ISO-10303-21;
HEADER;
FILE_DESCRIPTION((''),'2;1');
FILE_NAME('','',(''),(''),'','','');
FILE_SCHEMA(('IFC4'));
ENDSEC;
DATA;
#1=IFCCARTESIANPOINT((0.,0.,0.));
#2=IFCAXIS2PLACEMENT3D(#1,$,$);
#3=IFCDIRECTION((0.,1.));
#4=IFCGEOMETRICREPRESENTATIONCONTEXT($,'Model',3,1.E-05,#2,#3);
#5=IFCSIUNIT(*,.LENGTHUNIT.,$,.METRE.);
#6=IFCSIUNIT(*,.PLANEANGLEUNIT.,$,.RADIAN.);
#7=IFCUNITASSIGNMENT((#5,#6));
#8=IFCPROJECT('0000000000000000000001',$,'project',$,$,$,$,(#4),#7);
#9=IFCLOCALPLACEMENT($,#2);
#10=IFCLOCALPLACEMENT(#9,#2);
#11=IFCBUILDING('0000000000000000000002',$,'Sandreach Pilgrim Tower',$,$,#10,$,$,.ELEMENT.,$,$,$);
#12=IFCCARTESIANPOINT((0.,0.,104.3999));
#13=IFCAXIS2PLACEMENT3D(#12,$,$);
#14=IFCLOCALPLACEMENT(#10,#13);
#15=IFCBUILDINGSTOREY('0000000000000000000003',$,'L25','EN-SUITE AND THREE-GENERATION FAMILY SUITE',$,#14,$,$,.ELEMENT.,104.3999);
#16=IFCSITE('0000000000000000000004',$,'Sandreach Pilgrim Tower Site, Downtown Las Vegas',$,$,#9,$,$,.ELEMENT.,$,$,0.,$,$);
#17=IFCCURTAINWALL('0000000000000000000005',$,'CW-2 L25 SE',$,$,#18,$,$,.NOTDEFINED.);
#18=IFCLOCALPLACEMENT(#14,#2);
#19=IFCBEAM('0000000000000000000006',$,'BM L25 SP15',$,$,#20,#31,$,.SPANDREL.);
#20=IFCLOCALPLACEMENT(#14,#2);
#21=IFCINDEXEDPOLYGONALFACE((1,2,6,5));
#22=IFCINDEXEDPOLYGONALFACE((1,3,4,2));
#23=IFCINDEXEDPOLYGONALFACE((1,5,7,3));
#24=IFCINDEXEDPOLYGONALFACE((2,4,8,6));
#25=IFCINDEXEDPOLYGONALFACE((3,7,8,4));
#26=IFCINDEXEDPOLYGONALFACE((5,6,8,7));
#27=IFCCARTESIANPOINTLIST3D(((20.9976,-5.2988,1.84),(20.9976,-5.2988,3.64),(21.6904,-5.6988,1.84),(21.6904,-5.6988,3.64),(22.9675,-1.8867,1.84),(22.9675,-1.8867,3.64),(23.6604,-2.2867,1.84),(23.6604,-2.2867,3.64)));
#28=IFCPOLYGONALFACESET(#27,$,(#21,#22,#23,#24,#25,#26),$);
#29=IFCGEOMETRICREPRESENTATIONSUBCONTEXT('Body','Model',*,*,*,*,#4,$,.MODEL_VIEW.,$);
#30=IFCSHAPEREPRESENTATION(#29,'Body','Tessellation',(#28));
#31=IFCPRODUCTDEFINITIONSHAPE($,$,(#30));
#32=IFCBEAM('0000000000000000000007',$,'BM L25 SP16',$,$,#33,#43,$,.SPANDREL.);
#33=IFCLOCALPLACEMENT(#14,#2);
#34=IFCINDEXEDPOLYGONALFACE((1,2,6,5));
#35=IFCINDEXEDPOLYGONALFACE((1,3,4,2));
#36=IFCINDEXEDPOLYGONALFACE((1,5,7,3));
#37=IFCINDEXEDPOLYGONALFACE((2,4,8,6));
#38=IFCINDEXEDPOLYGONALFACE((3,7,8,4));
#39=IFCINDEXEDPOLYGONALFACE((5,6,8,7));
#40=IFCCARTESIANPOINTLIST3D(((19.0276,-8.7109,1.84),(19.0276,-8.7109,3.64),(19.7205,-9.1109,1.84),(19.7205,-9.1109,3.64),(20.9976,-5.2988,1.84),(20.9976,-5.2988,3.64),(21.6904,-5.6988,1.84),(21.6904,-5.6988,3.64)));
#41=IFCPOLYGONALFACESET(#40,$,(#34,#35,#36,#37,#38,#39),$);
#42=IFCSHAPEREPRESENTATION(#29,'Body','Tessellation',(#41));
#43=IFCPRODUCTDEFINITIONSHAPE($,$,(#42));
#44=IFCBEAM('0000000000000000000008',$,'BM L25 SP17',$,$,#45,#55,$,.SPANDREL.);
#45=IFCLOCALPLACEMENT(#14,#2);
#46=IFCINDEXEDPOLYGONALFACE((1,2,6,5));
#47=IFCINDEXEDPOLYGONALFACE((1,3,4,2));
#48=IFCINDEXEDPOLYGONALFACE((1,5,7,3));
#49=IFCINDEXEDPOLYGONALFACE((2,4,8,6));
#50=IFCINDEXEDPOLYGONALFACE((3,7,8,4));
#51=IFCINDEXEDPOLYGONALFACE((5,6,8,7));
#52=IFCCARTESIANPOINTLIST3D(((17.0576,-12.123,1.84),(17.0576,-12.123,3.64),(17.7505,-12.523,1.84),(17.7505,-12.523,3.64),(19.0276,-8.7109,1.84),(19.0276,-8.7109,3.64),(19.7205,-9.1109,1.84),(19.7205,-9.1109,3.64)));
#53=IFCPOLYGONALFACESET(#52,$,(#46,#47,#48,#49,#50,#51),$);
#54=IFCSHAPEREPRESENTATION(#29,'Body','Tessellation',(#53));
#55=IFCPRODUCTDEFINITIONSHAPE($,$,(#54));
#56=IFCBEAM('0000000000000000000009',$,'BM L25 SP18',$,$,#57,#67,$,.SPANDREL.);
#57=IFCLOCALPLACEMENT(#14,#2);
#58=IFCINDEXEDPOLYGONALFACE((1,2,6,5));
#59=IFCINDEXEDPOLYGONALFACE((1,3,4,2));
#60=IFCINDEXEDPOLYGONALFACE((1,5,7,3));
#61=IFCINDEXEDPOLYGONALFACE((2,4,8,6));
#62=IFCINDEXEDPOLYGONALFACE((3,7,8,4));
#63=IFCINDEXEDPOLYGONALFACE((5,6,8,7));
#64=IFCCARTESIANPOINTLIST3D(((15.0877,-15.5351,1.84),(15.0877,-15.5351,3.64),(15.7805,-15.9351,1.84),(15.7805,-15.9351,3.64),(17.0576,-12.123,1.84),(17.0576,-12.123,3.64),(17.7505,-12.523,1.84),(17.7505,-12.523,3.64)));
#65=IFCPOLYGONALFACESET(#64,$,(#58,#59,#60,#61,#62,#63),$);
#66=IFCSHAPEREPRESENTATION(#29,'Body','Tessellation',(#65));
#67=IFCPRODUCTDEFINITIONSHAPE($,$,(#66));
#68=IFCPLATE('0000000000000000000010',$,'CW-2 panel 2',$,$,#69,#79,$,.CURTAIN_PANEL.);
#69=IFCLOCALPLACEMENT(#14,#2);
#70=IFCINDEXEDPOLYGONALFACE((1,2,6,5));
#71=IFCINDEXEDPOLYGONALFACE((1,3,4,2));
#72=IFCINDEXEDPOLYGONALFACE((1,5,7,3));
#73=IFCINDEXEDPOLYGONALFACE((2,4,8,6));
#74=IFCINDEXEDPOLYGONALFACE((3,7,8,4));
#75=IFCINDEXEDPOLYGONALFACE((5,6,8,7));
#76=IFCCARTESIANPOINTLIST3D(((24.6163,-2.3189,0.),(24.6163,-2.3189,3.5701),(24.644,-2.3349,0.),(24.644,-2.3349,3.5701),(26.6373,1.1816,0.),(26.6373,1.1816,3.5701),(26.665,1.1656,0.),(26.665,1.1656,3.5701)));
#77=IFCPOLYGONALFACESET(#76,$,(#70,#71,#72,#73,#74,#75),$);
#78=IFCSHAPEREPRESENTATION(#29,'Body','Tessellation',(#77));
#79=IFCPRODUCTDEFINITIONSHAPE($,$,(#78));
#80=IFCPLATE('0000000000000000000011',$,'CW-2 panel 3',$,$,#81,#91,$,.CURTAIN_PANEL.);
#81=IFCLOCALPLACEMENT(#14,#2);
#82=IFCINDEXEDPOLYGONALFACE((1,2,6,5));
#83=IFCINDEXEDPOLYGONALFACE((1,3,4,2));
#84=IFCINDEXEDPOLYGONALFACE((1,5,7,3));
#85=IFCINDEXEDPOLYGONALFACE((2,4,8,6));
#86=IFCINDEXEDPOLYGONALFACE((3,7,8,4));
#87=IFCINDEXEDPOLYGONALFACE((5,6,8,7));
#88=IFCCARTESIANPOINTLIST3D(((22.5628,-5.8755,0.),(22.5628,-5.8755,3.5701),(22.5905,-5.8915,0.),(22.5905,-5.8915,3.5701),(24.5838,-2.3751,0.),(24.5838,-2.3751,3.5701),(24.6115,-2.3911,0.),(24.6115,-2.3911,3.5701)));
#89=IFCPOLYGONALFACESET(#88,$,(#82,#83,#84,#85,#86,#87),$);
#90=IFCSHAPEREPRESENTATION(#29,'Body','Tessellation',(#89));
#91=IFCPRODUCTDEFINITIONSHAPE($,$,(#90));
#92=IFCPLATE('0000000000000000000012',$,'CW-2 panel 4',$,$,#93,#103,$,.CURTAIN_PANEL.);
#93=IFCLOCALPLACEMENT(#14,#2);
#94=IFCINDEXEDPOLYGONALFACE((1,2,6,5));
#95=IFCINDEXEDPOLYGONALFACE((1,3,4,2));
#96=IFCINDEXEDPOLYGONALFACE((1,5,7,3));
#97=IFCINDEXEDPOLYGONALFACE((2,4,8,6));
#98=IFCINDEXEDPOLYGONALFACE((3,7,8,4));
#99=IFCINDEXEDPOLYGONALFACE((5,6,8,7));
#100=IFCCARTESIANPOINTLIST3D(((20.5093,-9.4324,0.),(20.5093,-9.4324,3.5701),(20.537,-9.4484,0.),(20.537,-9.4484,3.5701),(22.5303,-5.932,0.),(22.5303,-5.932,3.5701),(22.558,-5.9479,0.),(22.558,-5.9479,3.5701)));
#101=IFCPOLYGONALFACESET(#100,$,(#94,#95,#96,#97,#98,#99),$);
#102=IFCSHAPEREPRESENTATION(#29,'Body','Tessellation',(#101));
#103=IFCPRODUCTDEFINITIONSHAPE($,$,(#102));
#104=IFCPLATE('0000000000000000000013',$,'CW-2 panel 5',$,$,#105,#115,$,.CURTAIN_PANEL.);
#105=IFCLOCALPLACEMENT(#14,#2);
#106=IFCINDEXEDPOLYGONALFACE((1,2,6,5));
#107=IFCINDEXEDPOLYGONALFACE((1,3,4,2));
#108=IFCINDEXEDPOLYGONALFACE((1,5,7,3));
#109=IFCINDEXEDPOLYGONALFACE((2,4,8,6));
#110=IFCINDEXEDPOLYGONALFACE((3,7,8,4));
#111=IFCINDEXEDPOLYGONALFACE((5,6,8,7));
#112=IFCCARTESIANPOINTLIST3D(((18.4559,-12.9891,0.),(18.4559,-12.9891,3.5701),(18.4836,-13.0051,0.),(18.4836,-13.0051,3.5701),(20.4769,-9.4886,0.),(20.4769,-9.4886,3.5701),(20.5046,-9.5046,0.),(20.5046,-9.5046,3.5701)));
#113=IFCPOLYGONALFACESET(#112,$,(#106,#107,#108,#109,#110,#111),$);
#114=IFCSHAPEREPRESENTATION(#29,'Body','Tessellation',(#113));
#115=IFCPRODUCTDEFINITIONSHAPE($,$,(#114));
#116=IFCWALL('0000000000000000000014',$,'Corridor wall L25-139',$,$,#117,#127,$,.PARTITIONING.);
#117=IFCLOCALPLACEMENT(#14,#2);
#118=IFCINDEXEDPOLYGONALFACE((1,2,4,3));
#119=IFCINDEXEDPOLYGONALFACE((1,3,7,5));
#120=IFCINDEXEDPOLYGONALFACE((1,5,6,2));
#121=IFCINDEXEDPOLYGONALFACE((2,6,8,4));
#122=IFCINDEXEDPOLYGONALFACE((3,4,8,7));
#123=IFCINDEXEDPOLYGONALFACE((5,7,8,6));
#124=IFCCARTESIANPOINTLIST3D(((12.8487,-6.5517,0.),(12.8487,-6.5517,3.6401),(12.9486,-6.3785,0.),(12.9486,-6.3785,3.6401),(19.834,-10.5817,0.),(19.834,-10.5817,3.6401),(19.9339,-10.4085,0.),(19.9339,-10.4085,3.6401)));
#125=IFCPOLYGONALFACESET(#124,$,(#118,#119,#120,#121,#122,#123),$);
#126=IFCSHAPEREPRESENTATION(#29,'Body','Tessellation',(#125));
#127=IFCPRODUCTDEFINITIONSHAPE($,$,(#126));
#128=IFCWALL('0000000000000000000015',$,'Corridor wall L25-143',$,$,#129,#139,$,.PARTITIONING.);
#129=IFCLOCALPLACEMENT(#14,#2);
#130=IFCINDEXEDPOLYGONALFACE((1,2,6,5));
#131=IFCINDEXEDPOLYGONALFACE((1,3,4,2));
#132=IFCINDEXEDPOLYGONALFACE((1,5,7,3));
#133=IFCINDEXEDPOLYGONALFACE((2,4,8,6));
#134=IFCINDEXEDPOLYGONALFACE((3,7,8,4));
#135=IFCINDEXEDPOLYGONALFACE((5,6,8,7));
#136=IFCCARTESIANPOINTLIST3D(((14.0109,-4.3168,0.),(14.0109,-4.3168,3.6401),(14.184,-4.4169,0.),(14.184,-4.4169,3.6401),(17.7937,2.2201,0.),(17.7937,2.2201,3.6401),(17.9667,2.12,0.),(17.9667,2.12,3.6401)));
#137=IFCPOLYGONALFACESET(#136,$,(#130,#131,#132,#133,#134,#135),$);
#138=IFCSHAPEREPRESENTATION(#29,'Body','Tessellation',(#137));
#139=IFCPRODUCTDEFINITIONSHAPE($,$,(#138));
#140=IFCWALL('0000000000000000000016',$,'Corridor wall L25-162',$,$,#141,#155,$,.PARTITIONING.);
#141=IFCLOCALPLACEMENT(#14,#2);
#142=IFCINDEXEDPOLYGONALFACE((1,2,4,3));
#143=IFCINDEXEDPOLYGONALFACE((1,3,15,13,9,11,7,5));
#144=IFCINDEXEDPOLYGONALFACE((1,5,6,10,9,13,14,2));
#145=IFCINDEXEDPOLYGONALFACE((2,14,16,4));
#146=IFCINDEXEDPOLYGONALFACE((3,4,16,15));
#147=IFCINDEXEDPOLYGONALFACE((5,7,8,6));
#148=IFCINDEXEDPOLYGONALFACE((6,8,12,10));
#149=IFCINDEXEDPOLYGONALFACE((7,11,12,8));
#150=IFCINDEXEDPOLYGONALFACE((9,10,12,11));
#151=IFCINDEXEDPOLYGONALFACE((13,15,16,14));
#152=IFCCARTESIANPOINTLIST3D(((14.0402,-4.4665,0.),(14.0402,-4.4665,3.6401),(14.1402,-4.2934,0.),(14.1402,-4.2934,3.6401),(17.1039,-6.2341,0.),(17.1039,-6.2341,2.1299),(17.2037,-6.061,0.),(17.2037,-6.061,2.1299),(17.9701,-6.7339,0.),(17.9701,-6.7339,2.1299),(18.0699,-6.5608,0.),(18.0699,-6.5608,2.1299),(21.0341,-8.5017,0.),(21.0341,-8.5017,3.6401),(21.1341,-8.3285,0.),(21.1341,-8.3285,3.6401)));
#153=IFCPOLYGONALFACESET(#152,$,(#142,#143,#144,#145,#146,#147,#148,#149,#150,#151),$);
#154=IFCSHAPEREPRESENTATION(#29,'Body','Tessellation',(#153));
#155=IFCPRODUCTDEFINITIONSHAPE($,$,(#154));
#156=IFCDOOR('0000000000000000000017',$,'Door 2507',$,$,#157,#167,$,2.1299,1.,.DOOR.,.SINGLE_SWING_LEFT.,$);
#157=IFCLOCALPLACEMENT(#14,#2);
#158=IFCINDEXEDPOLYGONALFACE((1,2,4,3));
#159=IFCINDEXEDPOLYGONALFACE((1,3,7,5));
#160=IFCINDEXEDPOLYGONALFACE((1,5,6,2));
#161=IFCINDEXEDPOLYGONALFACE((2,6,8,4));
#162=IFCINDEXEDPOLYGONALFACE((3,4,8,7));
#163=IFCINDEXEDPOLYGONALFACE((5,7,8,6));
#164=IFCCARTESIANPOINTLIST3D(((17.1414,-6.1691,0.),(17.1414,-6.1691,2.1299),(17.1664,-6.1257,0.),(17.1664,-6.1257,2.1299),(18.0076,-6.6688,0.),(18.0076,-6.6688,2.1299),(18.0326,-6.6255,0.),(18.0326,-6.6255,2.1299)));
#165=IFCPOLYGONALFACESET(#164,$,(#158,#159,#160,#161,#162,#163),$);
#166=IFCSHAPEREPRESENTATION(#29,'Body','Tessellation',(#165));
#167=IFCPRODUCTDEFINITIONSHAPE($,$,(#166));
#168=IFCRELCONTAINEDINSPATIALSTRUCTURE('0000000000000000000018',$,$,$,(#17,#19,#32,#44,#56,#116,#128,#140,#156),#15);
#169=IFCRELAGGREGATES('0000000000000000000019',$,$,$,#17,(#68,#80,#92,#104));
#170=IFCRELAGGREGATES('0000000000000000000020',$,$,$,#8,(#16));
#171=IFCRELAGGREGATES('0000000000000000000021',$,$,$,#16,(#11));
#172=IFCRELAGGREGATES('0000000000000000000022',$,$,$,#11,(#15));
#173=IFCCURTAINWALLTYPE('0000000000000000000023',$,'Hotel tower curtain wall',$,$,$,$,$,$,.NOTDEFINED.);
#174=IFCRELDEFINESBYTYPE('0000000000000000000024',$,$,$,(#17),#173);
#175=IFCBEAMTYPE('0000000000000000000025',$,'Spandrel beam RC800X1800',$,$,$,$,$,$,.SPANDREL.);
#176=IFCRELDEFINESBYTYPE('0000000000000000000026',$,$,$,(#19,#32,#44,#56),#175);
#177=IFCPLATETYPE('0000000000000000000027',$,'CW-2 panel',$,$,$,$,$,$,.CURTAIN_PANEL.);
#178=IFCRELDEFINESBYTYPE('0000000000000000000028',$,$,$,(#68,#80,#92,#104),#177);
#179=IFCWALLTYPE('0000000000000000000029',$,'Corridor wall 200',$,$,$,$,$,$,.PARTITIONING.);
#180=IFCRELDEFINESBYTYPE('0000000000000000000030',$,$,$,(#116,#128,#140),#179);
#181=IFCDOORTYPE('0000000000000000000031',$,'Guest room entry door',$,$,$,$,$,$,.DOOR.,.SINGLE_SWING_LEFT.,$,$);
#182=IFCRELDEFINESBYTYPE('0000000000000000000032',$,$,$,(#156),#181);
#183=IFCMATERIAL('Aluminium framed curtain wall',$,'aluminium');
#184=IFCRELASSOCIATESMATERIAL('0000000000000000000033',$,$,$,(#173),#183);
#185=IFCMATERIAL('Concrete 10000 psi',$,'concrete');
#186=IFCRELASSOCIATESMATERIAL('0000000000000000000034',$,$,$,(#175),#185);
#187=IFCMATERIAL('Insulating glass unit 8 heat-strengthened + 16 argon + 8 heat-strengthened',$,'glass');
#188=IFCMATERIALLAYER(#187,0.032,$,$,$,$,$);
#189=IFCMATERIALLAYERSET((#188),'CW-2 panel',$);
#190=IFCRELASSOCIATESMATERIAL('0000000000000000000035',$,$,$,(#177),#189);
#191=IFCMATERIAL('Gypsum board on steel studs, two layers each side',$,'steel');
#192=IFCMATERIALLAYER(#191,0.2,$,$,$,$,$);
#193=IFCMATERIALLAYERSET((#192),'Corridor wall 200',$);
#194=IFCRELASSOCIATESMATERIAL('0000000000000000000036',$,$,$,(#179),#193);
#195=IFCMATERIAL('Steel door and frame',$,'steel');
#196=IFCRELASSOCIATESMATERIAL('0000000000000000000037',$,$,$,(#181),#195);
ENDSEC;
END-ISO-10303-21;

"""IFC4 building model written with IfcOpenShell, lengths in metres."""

from ifc_helpers import new_model, si_unit, direction, frame, frame_2d, origin, origin_2d, place, context, subcontext, project, spatial, rectangle, extrude, material, layer, layer_set, material_profile, profile_set, type_object, element, fill, aggregate, save


model = new_model("IFC4")

# Units and contexts
model_context = context("Model", 3, precision=1e-05, world=origin(), true_north=direction((0.0, 1.0)))
body_context = subcontext(model_context, "Body", "Model", "MODEL_VIEW")
ifc_project = project(units=[si_unit("LENGTHUNIT", "METRE"), si_unit("PLANEANGLEUNIT", "RADIAN")], contexts=[model_context])

# Site, building, storey
site_placement = place(None, origin())
site = spatial("IfcSite", under=ifc_project, at=site_placement, Name="Sandreach Pilgrim Tower Site, Downtown Las Vegas", CompositionType="ELEMENT", RefElevation=0.0)
building_placement = place(site_placement, origin())
building = spatial("IfcBuilding", under=site, at=building_placement, Name="Sandreach Pilgrim Tower", CompositionType="ELEMENT")
storey_placement = place(building_placement, frame((0.0, 0.0, 104.3999)))
storey = spatial("IfcBuildingStorey", under=building, at=storey_placement, Name="L25", Description="EN-SUITE AND THREE-GENERATION FAMILY SUITE", CompositionType="ELEMENT", Elevation=104.3999)

# Curtain wall
ifc_material_1 = material(Name="Aluminium framed curtain wall", Category="aluminium")
curtain_wall_type = type_object("IfcCurtainWallType", Name="Hotel tower curtain wall", PredefinedType="NOTDEFINED", material=ifc_material_1)
curtain_wall_placement = place(storey_placement, origin())
curtain_wall = element("IfcCurtainWall", 1, at=curtain_wall_placement, inside=storey, type_object=curtain_wall_type, Name="CW-2 L25 SE", PredefinedType="NOTDEFINED")

# Beams
ifc_material_2 = material(Name="Concrete 10000 psi", Category="concrete")
ifc_material_profile_1 = material_profile(ifc_material_2, rectangle(XDim=0.8, YDim=1.8, at=origin_2d()), Name="RC800X1800")
ifc_profile_set_1 = profile_set([ifc_material_profile_1], Name="Concrete 10000 psi")
beam_type_1 = type_object("IfcBeamType", Name="Spandrel beam RC800X1800", PredefinedType="SPANDREL", material=ifc_profile_set_1)
for number, where, z_axis, x_axis, name in (
    (2, (23.314, -2.0867, 2.74), (-0.499998, -0.866027, 0.0), (0.866027, -0.499998, 0.0), "BM L25 SP15"),
    (3, (21.344, -5.4988, 2.74), (-0.499998, -0.866027, 0.0), (0.866027, -0.499998, 0.0), "BM L25 SP16"),
    (4, (19.374, -8.9109, 2.74), (-0.499998, -0.866027, 0.0), (0.866027, -0.499998, 0.0), "BM L25 SP17"),
    (5, (17.4041, -12.323, 2.74), (-0.499998, -0.866027, 0.0), (0.866027, -0.499998, 0.0), "BM L25 SP18"),
):
    element("IfcBeam", number, at=place(storey_placement, frame(where, z_axis=z_axis, x_axis=x_axis)), inside=storey, type_object=beam_type_1, Name=name, PredefinedType="SPANDREL", context=body_context, shape_type="SweptSolid", body=[
        extrude(rectangle(XDim=0.8, YDim=1.8, at=origin_2d()), origin(), (0.0, 0.0, 1.0), 3.9399),
    ])

# Plates
ifc_material_3 = material(Name="Insulating glass unit 8 heat-strengthened + 16 argon + 8 heat-strengthened", Category="glass")
ifc_layer_1 = layer(ifc_material_3, 0.032)
ifc_layer_set_1 = layer_set([ifc_layer_1], Name="CW-2 panel")
plate_type = type_object("IfcPlateType", Name="CW-2 panel", PredefinedType="CURTAIN_PANEL", material=ifc_layer_set_1)
plate_1_placement = place(storey_placement, frame((25.6406, -0.5767, 0.0), z_axis=(0.0, 0.0, 1.0), x_axis=(-0.5, -0.866025, 0.0)))
plate_1 = element("IfcPlate", 6, at=plate_1_placement, type_object=plate_type, Name="CW-2 panel 2", PredefinedType="CURTAIN_PANEL", context=body_context, shape_type="SweptSolid", body=[
    extrude(rectangle(XDim=4.042, YDim=0.032, at=origin_2d()), origin(), (0.0, 0.0, 1.0), 3.5701),
])
plate_2_placement = place(storey_placement, frame((23.5872, -4.1333, 0.0), z_axis=(0.0, 0.0, 1.0), x_axis=(-0.5, -0.866025, 0.0)))
plate_2 = element("IfcPlate", 7, at=plate_2_placement, type_object=plate_type, Name="CW-2 panel 3", PredefinedType="CURTAIN_PANEL", context=body_context, shape_type="SweptSolid", body=[
    extrude(rectangle(XDim=4.042, YDim=0.032, at=origin_2d()), origin(), (0.0, 0.0, 1.0), 3.5701),
])
plate_3_placement = place(storey_placement, frame((21.5337, -7.6902, 0.0), z_axis=(0.0, 0.0, 1.0), x_axis=(-0.5, -0.866025, 0.0)))
plate_3 = element("IfcPlate", 8, at=plate_3_placement, type_object=plate_type, Name="CW-2 panel 4", PredefinedType="CURTAIN_PANEL", context=body_context, shape_type="SweptSolid", body=[
    extrude(rectangle(XDim=4.042, YDim=0.032, at=origin_2d()), origin(), (0.0, 0.0, 1.0), 3.5701),
])
plate_4_placement = place(storey_placement, frame((19.4802, -11.2468, 0.0), z_axis=(0.0, 0.0, 1.0), x_axis=(-0.5, -0.866025, 0.0)))
plate_4 = element("IfcPlate", 9, at=plate_4_placement, type_object=plate_type, Name="CW-2 panel 5", PredefinedType="CURTAIN_PANEL", context=body_context, shape_type="SweptSolid", body=[
    extrude(rectangle(XDim=4.042, YDim=0.032, at=origin_2d()), origin(), (0.0, 0.0, 1.0), 3.5701),
])
aggregate(curtain_wall, [plate_1, plate_2, plate_3, plate_4])

# Walls
ifc_material_4 = material(Name="Gypsum board on steel studs, two layers each side", Category="steel")
ifc_layer_2 = layer(ifc_material_4, 0.2)
ifc_layer_set_2 = layer_set([ifc_layer_2], Name="Corridor wall 200")
wall_type = type_object("IfcWallType", Name="Corridor wall 200", PredefinedType="PARTITIONING", material=ifc_layer_set_2)
wall_1_placement = place(storey_placement, frame((12.8987, -6.4651, 0.0), z_axis=(0.0, 0.0, 1.0), x_axis=(0.866185, -0.499724, 0.0)))
element("IfcWall", 10, at=wall_1_placement, inside=storey, type_object=wall_type, Name="Corridor wall L25-139", PredefinedType="PARTITIONING", context=body_context, shape_type="SweptSolid", body=[
    extrude(rectangle(XDim=8.0645, YDim=0.2, at=frame_2d((4.0322, 0.0))), origin(), (0.0, 0.0, 1.0), 3.6401),
])
wall_2_placement = place(storey_placement, frame((14.0974, -4.3669, 0.0), z_axis=(0.0, 0.0, 1.0), x_axis=(0.500859, 0.865529, 0.0)))
element("IfcWall", 11, at=wall_2_placement, inside=storey, type_object=wall_type, Name="Corridor wall L25-143", PredefinedType="PARTITIONING", context=body_context, shape_type="SweptSolid", body=[
    extrude(rectangle(XDim=7.5525, YDim=0.2, at=frame_2d((3.7764, 0.0))), origin(), (0.0, 0.0, 1.0), 3.6401),
])

# Wall, opening, door
wall_3_placement = place(storey_placement, frame((21.084, -8.415, 0.0), z_axis=(0.0, 0.0, 1.0), x_axis=(-0.866174, 0.499743, 0.0)))
wall_3 = element("IfcWall", 12, at=wall_3_placement, inside=storey, type_object=wall_type, Name="Corridor wall L25-162", PredefinedType="PARTITIONING", context=body_context, shape_type="SweptSolid", body=[
    extrude(rectangle(XDim=8.0745, YDim=0.2, at=frame_2d((4.0371, 0.0))), origin(), (0.0, 0.0, 1.0), 3.6401),
])
opening_placement = place(wall_3_placement, frame((3.5374, 0.0, 0.0)))
opening = element("IfcOpeningElement", 13, at=opening_placement, cuts=wall_3, PredefinedType="OPENING", context=body_context, shape_type="SweptSolid", body=[
    extrude(rectangle(XDim=1.0, YDim=2.1299, at=frame_2d((0.5, 1.0649))), frame((0.0, 0.1001, 0.0), z_axis=(0.0, -1.0, 0.0), x_axis=(1.0, 0.0, 0.0)), (0.0, 0.0, 1.0), 0.2),
])
ifc_material_5 = material(Name="Steel door and frame", Category="steel")
door_type = type_object("IfcDoorType", Name="Guest room entry door", OperationType="SINGLE_SWING_LEFT", PredefinedType="DOOR", material=ifc_material_5)
door_placement = place(opening_placement, origin())
door = element("IfcDoor", 14, at=door_placement, inside=storey, type_object=door_type, Name="Door 2507", OperationType="SINGLE_SWING_LEFT", OverallHeight=2.1299, OverallWidth=1.0, PredefinedType="DOOR", context=body_context, shape_type="SweptSolid", body=[
    extrude(rectangle(XDim=1.0, YDim=2.1299, at=frame_2d((0.5, 1.0649))), frame((0.0, 0.0249, 0.0), z_axis=(0.0, -1.0, 0.0), x_axis=(1.0, 0.0, 0.0)), (0.0, 0.0, 1.0), 0.05),
])
fill(opening, door)

save(model, "model.ifc")
